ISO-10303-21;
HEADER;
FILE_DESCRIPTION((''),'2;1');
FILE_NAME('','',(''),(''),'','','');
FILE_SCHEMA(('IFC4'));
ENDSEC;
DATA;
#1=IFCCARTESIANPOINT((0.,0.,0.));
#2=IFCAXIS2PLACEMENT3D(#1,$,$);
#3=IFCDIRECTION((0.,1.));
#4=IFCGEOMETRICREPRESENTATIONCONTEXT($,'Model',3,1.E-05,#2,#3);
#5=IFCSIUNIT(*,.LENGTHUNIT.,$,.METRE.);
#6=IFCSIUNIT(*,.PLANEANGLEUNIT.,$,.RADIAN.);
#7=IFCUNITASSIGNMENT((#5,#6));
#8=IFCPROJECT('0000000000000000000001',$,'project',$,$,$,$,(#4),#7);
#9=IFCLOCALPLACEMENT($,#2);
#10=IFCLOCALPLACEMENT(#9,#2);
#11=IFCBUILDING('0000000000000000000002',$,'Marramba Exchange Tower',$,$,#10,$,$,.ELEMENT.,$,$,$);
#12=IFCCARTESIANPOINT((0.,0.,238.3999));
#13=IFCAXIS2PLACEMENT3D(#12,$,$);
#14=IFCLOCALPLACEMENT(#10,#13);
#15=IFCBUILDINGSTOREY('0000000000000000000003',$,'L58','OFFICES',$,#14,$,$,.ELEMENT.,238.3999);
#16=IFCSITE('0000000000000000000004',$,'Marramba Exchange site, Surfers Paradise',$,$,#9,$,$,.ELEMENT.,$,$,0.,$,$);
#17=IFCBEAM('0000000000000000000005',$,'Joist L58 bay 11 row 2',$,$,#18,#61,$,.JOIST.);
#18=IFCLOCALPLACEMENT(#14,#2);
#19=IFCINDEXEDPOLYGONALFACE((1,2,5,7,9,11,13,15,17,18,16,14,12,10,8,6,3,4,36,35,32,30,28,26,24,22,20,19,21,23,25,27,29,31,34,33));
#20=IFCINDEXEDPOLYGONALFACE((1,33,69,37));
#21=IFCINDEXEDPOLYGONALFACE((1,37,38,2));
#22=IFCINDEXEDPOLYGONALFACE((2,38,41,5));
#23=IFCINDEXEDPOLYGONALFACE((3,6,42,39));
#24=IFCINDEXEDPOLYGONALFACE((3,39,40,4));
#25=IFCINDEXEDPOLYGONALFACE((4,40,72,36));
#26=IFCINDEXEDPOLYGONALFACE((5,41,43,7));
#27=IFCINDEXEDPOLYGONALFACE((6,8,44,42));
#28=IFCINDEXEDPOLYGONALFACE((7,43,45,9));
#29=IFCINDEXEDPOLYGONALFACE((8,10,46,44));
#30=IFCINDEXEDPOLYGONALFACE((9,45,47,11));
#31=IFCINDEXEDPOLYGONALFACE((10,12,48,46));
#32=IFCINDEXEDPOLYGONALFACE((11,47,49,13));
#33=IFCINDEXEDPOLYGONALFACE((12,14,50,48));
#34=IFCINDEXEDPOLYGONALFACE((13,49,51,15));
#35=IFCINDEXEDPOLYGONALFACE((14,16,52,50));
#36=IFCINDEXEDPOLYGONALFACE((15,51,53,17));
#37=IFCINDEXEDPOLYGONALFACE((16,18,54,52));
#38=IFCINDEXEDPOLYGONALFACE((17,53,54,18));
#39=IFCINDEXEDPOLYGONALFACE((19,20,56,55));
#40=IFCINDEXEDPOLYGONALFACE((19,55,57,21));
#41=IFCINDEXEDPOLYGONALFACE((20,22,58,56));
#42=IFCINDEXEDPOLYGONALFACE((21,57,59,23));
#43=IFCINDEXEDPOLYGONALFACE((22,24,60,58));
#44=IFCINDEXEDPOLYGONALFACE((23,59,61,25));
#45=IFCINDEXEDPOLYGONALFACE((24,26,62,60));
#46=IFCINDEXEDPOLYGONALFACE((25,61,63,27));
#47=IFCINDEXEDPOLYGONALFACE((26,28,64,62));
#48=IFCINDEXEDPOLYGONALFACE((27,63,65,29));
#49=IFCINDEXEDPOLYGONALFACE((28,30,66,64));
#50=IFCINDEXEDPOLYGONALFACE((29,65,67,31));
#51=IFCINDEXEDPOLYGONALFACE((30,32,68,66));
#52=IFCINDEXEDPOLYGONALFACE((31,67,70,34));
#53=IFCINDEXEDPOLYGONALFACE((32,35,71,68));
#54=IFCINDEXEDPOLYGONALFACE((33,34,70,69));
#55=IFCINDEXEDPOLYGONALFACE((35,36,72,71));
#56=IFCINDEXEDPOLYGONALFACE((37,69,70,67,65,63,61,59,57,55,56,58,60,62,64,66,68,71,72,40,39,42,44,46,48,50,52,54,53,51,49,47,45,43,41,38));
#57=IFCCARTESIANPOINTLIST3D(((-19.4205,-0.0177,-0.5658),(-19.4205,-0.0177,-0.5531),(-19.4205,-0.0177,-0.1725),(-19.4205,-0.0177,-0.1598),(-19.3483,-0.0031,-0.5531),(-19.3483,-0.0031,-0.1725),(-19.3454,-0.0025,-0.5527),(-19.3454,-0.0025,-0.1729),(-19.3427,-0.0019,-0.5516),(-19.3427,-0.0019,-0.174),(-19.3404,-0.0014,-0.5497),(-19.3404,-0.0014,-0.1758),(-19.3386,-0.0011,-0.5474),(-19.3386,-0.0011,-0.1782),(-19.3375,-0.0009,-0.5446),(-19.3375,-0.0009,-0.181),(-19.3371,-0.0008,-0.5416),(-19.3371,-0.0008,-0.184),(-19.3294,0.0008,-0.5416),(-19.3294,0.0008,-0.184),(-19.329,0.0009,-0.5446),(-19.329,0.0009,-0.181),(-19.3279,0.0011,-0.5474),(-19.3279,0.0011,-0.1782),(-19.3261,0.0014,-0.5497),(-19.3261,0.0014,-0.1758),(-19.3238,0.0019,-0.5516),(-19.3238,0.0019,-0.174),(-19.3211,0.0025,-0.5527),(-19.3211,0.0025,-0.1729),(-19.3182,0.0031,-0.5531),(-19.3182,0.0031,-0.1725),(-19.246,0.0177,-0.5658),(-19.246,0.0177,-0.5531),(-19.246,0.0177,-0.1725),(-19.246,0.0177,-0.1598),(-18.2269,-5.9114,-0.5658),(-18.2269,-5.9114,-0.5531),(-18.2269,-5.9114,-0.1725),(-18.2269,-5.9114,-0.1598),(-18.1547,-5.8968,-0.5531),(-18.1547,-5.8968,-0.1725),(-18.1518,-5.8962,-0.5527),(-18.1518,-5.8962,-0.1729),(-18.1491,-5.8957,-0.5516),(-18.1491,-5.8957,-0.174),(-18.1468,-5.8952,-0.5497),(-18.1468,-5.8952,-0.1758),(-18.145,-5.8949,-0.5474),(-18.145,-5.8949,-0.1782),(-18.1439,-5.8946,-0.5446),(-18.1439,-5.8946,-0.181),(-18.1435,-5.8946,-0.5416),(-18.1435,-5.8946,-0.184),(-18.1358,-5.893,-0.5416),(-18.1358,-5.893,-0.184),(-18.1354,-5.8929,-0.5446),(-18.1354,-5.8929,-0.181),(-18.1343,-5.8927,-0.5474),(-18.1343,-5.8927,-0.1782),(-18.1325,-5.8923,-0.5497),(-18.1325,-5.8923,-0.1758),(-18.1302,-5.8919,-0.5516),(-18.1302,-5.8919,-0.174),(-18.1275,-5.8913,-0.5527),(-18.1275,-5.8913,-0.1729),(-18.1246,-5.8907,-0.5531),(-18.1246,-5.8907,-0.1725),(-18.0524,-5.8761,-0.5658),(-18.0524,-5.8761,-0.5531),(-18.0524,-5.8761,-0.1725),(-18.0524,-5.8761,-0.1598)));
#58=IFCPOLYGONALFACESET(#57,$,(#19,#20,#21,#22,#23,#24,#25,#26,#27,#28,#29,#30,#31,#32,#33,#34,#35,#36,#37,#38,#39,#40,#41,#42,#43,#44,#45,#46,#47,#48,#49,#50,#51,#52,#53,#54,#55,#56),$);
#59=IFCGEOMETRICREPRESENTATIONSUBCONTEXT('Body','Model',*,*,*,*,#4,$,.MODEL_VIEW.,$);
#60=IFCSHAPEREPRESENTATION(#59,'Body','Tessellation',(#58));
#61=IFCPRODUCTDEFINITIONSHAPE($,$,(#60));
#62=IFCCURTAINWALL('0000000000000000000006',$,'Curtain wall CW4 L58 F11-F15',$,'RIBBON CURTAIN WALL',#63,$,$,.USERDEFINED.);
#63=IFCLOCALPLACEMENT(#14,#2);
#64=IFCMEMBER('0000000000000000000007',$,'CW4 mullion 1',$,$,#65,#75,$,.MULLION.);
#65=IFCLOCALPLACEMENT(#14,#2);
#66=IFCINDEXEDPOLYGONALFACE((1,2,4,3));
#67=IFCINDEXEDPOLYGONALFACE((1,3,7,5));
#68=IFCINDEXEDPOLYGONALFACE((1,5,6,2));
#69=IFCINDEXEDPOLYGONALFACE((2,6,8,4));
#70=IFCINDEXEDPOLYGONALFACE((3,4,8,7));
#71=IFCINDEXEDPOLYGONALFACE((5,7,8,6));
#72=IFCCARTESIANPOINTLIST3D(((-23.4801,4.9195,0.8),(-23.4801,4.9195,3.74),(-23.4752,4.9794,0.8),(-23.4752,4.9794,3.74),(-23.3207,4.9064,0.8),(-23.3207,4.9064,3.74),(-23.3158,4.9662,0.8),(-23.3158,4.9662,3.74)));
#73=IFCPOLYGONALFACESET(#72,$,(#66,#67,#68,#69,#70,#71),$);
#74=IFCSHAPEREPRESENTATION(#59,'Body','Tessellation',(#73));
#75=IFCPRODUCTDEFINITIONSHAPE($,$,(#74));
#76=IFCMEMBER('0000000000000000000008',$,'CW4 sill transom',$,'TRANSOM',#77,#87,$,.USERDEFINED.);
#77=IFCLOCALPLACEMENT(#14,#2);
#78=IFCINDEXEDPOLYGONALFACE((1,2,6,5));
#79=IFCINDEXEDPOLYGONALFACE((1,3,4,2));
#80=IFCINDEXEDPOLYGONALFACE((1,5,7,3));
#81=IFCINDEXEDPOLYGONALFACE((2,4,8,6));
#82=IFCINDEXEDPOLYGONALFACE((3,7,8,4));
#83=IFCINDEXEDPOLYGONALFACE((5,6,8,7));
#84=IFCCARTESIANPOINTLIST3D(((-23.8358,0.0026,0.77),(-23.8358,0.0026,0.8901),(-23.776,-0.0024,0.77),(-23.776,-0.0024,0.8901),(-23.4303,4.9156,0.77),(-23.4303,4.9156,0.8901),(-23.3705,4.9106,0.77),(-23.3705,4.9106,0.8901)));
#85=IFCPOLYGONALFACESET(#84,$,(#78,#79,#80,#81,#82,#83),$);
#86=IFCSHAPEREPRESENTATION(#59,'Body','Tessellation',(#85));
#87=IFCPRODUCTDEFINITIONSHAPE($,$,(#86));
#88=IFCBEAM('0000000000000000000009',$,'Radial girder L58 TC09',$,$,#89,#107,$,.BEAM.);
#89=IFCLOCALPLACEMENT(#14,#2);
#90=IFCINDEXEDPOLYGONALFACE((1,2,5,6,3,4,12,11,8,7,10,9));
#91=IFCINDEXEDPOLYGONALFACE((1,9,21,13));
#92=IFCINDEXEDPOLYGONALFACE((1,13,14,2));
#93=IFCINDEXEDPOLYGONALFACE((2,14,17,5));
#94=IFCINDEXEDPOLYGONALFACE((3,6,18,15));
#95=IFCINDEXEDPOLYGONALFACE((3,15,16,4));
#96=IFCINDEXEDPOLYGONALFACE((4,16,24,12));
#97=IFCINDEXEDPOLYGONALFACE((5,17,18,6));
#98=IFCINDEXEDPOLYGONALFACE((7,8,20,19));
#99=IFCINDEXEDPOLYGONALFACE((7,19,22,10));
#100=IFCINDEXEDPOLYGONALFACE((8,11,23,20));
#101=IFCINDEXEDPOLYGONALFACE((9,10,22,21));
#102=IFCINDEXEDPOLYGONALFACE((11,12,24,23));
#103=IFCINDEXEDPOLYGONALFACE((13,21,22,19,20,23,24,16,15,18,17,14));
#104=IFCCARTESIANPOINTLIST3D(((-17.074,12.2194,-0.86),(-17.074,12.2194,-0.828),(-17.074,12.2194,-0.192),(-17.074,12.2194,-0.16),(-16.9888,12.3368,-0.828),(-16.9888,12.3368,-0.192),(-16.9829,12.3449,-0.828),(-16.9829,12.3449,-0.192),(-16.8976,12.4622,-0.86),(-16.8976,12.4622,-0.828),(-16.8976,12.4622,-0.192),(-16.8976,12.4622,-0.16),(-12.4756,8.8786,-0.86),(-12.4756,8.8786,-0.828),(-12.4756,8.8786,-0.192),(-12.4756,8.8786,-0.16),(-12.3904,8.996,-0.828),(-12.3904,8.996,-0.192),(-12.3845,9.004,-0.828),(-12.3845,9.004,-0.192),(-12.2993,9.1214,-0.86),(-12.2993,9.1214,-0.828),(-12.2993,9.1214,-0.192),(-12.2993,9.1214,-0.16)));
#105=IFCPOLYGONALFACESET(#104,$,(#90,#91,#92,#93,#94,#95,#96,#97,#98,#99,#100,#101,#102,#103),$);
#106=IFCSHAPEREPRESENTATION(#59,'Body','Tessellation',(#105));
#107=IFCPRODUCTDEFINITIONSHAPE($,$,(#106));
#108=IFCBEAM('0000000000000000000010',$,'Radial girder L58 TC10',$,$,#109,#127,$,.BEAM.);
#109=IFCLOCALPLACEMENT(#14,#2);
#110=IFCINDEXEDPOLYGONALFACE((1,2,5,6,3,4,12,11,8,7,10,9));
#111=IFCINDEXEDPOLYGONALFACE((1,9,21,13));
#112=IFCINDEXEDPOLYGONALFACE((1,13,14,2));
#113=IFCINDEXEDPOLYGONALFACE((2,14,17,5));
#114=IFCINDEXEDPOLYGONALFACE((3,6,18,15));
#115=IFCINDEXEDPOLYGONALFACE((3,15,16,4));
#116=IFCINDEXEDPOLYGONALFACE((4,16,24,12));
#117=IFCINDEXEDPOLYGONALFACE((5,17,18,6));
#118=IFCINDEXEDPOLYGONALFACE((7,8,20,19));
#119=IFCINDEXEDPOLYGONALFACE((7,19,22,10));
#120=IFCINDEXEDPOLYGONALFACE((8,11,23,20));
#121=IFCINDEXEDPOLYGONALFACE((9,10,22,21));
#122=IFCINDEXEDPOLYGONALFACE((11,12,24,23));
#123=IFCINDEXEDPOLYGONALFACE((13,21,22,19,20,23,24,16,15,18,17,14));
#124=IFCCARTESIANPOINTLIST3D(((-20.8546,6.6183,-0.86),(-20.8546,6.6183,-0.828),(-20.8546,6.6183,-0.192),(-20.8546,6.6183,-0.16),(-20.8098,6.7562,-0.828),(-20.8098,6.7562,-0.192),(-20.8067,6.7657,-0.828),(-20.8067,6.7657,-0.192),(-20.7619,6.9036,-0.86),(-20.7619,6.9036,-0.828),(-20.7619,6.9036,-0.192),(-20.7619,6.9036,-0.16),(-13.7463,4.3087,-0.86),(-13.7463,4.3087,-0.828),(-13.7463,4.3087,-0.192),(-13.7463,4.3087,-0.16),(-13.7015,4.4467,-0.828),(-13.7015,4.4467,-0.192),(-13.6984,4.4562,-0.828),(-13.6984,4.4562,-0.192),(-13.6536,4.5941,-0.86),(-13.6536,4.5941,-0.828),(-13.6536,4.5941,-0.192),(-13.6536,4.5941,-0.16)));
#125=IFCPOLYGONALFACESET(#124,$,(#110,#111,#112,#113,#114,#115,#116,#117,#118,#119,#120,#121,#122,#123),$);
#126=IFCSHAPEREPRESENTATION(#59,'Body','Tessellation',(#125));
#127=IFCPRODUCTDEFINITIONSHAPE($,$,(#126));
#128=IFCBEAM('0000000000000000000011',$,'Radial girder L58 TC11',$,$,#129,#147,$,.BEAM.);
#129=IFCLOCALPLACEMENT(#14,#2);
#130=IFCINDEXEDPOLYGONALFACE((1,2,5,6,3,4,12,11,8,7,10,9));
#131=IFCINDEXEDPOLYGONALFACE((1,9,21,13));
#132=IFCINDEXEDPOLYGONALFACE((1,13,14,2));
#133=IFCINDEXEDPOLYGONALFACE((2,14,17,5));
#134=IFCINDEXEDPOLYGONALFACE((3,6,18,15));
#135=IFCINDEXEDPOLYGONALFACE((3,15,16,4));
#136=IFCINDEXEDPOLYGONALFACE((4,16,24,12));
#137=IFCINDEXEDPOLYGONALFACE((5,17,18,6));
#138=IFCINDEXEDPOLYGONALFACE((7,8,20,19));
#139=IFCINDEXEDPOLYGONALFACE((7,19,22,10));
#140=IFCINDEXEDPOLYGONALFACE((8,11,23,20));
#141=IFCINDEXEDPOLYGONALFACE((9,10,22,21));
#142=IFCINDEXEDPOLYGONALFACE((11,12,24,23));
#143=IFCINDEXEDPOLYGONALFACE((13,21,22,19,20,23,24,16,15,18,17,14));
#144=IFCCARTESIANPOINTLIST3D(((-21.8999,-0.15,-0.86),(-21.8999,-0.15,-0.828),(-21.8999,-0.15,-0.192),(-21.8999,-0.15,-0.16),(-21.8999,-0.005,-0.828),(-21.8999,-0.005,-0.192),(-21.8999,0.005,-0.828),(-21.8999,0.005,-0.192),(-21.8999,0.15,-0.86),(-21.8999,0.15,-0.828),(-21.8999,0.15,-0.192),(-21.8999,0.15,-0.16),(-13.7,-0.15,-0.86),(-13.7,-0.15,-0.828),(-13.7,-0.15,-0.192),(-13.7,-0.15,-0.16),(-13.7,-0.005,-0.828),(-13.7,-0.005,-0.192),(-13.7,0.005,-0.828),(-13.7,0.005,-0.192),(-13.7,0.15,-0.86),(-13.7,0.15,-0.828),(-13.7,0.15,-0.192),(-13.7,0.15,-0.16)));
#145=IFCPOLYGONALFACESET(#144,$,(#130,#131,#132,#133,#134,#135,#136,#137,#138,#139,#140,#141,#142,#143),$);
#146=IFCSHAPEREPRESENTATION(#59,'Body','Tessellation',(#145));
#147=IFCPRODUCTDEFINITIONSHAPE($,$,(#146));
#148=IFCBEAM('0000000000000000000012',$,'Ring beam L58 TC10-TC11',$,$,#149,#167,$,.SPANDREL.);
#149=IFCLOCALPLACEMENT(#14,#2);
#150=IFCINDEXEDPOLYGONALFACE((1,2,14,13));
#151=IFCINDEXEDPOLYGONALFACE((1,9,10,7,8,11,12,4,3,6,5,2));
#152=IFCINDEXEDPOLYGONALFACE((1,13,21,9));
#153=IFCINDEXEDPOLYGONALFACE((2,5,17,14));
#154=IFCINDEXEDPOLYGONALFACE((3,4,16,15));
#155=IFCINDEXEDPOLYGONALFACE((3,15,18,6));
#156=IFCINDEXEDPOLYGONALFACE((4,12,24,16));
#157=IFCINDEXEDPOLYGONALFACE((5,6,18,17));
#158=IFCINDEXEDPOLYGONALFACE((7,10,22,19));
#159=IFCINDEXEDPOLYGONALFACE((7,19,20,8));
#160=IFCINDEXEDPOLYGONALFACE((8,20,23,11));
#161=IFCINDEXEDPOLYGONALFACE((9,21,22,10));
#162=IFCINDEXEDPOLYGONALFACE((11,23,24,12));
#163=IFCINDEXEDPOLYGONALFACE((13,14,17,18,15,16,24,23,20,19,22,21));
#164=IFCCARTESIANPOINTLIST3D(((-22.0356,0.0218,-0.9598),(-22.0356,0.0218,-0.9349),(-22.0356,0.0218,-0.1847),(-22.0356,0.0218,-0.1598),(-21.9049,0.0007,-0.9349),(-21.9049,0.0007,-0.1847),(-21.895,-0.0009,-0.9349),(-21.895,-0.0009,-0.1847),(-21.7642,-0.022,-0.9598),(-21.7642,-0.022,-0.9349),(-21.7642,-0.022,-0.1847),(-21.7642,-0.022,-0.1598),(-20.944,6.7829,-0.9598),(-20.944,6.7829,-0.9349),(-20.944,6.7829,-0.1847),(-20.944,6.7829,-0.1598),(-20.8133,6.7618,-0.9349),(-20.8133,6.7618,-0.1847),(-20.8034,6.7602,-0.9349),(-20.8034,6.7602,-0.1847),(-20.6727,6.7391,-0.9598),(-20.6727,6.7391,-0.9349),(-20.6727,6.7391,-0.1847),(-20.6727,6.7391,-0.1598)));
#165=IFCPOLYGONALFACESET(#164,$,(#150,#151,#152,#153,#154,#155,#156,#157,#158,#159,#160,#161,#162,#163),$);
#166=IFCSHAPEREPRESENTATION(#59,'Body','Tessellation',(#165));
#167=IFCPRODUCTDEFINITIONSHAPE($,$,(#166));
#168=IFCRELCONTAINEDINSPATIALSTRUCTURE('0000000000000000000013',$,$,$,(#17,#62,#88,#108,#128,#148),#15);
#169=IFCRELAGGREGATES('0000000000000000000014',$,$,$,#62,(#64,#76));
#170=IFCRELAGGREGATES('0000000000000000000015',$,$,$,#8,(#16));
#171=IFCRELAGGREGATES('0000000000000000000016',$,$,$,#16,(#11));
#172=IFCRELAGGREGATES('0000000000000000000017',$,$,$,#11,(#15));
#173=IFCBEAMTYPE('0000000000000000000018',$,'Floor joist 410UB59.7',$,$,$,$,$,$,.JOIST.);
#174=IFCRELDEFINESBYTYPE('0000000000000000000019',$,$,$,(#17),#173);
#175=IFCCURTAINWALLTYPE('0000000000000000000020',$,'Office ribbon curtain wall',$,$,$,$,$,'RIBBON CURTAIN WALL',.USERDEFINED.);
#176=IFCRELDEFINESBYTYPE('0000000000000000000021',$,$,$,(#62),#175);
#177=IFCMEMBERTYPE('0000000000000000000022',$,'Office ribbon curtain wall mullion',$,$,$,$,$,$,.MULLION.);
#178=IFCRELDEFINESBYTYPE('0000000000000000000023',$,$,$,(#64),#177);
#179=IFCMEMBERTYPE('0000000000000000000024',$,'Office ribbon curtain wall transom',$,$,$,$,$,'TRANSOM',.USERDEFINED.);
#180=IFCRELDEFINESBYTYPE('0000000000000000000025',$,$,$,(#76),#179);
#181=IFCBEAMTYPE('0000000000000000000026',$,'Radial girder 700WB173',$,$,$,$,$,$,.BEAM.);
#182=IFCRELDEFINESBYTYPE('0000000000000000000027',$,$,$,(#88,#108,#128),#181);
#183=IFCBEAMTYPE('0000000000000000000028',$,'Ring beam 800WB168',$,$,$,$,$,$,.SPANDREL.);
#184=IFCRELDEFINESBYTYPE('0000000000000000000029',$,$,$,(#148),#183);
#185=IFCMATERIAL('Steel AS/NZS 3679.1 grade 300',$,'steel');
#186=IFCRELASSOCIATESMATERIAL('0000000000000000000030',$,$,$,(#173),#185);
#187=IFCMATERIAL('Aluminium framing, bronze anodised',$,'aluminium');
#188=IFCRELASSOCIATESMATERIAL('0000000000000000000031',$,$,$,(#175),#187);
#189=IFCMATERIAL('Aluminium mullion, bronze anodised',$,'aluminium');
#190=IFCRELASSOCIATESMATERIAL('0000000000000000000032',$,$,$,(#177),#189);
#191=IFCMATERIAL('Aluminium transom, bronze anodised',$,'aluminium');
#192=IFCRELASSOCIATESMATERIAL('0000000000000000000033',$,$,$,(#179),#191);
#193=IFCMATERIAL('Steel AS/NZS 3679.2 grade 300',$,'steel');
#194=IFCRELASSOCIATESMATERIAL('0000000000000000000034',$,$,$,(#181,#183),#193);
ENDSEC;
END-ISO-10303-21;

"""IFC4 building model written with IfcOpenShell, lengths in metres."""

from ifc_helpers import new_model, si_unit, direction, frame, origin, origin_2d, place, context, subcontext, project, spatial, rectangle, i_section, extrude, material, material_profile, profile_set, type_object, element, aggregate, save


model = new_model("IFC4")

# Units and contexts
model_context = context("Model", 3, precision=1e-05, world=origin(), true_north=direction((0.0, 1.0)))
body_context = subcontext(model_context, "Body", "Model", "MODEL_VIEW")
ifc_project = project(units=[si_unit("LENGTHUNIT", "METRE"), si_unit("PLANEANGLEUNIT", "RADIAN")], contexts=[model_context])

# Site, building, storey
site_placement = place(None, origin())
site = spatial("IfcSite", under=ifc_project, at=site_placement, Name="Marramba Exchange site, Surfers Paradise", CompositionType="ELEMENT", RefElevation=0.0)
building_placement = place(site_placement, origin())
building = spatial("IfcBuilding", under=site, at=building_placement, Name="Marramba Exchange Tower", CompositionType="ELEMENT")
storey_placement = place(building_placement, frame((0.0, 0.0, 238.3999)))
storey = spatial("IfcBuildingStorey", under=building, at=storey_placement, Name="L58", Description="OFFICES", CompositionType="ELEMENT", Elevation=238.3999)

# Beam
ifc_material_1 = material(Name="Steel AS/NZS 3679.2 grade 300", Category="steel")
ifc_material_2 = material(Name="Steel AS/NZS 3679.1 grade 300", Category="steel")
ifc_material_profile_1 = material_profile(ifc_material_2, i_section(OverallWidth=0.178, OverallDepth=0.406, WebThickness=0.0078, FlangeThickness=0.0127, FilletRadius=0.0115, at=origin_2d()), Name="410UB59.7")
ifc_profile_set_1 = profile_set([ifc_material_profile_1], Name="Steel AS/NZS 3679.1 grade 300")
beam_type_1 = type_object("IfcBeamType", Name="Floor joist 410UB59.7", PredefinedType="JOIST", material=ifc_profile_set_1)
beam_1_placement = place(storey_placement, frame((-19.3333, 0.0, -0.3628), z_axis=(0.198489, -0.980103, 0.0), x_axis=(0.980103, 0.198489, 0.0)))
element("IfcBeam", 1, at=beam_1_placement, inside=storey, type_object=beam_type_1, Name="Joist L58 bay 11 row 2", PredefinedType="JOIST", context=body_context, shape_type="SweptSolid", body=[
    extrude(i_section(OverallWidth=0.178, OverallDepth=0.406, WebThickness=0.0078, FlangeThickness=0.0127, FilletRadius=0.0115, at=origin_2d()), origin(), (0.0, 0.0, 1.0), 6.0134),
])

# Curtain wall, members
ifc_material_3 = material(Name="Aluminium framing, bronze anodised", Category="aluminium")
curtain_wall_type = type_object("IfcCurtainWallType", Name="Office ribbon curtain wall", ElementType="RIBBON CURTAIN WALL", PredefinedType="USERDEFINED", material=ifc_material_3)
curtain_wall_placement = place(storey_placement, origin())
curtain_wall = element("IfcCurtainWall", 2, at=curtain_wall_placement, inside=storey, type_object=curtain_wall_type, Name="Curtain wall CW4 L58 F11-F15", ObjectType="RIBBON CURTAIN WALL", PredefinedType="USERDEFINED")
ifc_material_4 = material(Name="Aluminium mullion, bronze anodised", Category="aluminium")
ifc_material_profile_2 = material_profile(ifc_material_4, rectangle(XDim=0.1599, YDim=0.0601, at=origin_2d()), Name="CW4 mullion 60x160")
ifc_profile_set_2 = profile_set([ifc_material_profile_2], Name="Aluminium mullion, bronze anodised")
member_type_1 = type_object("IfcMemberType", Name="Office ribbon curtain wall mullion", PredefinedType="MULLION", material=ifc_profile_set_2)
member_1_placement = place(storey_placement, frame((-23.3979, 4.9429, 0.8), z_axis=(0.0, 0.0, 1.0), x_axis=(0.996609, -0.082281, 0.0)))
member_1 = element("IfcMember", 3, at=member_1_placement, type_object=member_type_1, Name="CW4 mullion 1", PredefinedType="MULLION", context=body_context, shape_type="SweptSolid", body=[
    extrude(rectangle(XDim=0.1599, YDim=0.0601, at=origin_2d()), origin(), (0.0, 0.0, 1.0), 2.9399),
])
ifc_material_5 = material(Name="Aluminium transom, bronze anodised", Category="aluminium")
ifc_material_profile_3 = material_profile(ifc_material_5, rectangle(XDim=0.0601, YDim=0.1201, at=origin_2d()), Name="CW4 transom 60x120")
ifc_profile_set_3 = profile_set([ifc_material_profile_3], Name="Aluminium transom, bronze anodised")
member_type_2 = type_object("IfcMemberType", Name="Office ribbon curtain wall transom", ElementType="TRANSOM", PredefinedType="USERDEFINED", material=ifc_profile_set_3)
member_2_placement = place(storey_placement, frame((-23.4004, 4.9131, 0.8301), z_axis=(-0.082259, -0.996611, 0.0), x_axis=(0.996611, -0.082259, 0.0)))
member_2 = element("IfcMember", 4, at=member_2_placement, type_object=member_type_2, Name="CW4 sill transom", ObjectType="TRANSOM", PredefinedType="USERDEFINED", context=body_context, shape_type="SweptSolid", body=[
    extrude(rectangle(XDim=0.0601, YDim=0.1201, at=origin_2d()), origin(), (0.0, 0.0, 1.0), 4.9297),
])

# Beams
ifc_material_profile_4 = material_profile(ifc_material_1, i_section(OverallWidth=0.3, OverallDepth=0.7, WebThickness=0.01, FlangeThickness=0.032, at=origin_2d()), Name="700WB173")
ifc_profile_set_4 = profile_set([ifc_material_profile_4], Name="Steel AS/NZS 3679.2 grade 300")
beam_type_2 = type_object("IfcBeamType", Name="Radial girder 700WB173", PredefinedType="BEAM", material=ifc_profile_set_4)
beam_2_placement = place(storey_placement, frame((-12.3875, 9.0, -0.51), z_axis=(-0.809026, 0.587773, 0.0), x_axis=(-0.587773, -0.809026, 0.0)))
element("IfcBeam", 5, at=beam_2_placement, inside=storey, type_object=beam_type_2, Name="Radial girder L58 TC09", PredefinedType="BEAM", context=body_context, shape_type="SweptSolid", body=[
    extrude(i_section(OverallWidth=0.3, OverallDepth=0.7, WebThickness=0.01, FlangeThickness=0.032, at=origin_2d()), origin(), (0.0, 0.0, 1.0), 5.6838),
])
beam_3_placement = place(storey_placement, frame((-13.7, 4.4514, -0.51), z_axis=(-0.95106, 0.309006, 0.0), x_axis=(-0.309006, -0.95106, 0.0)))
element("IfcBeam", 6, at=beam_3_placement, inside=storey, type_object=beam_type_2, Name="Radial girder L58 TC10", PredefinedType="BEAM", context=body_context, shape_type="SweptSolid", body=[
    extrude(i_section(OverallWidth=0.3, OverallDepth=0.7, WebThickness=0.01, FlangeThickness=0.032, at=origin_2d()), origin(), (0.0, 0.0, 1.0), 7.4741),
])
beam_4_placement = place(storey_placement, frame((-13.7, 0.0, -0.51), z_axis=(-1.0, 0.0, 0.0), x_axis=(0.0, -1.0, 0.0)))
element("IfcBeam", 7, at=beam_4_placement, inside=storey, type_object=beam_type_2, Name="Radial girder L58 TC11", PredefinedType="BEAM", context=body_context, shape_type="SweptSolid", body=[
    extrude(i_section(OverallWidth=0.3, OverallDepth=0.7, WebThickness=0.01, FlangeThickness=0.032, at=origin_2d()), origin(), (0.0, 0.0, 1.0), 8.2),
])
ifc_material_profile_5 = material_profile(ifc_material_1, i_section(OverallWidth=0.2749, OverallDepth=0.8, WebThickness=0.01, FlangeThickness=0.0249, at=origin_2d()), Name="800WB168")
ifc_profile_set_5 = profile_set([ifc_material_profile_5], Name="Steel AS/NZS 3679.2 grade 300")
beam_type_3 = type_object("IfcBeamType", Name="Ring beam 800WB168", PredefinedType="SPANDREL", material=ifc_profile_set_5)
beam_5_placement = place(storey_placement, frame((-20.8083, 6.761, -0.5598), z_axis=(-0.159385, -0.987217, 0.0), x_axis=(0.987217, -0.159385, 0.0)))
element("IfcBeam", 8, at=beam_5_placement, inside=storey, type_object=beam_type_3, Name="Ring beam L58 TC10-TC11", PredefinedType="SPANDREL", context=body_context, shape_type="SweptSolid", body=[
    extrude(i_section(OverallWidth=0.2749, OverallDepth=0.8, WebThickness=0.01, FlangeThickness=0.0249, at=origin_2d()), origin(), (0.0, 0.0, 1.0), 6.8486),
])

aggregate(curtain_wall, [member_1, member_2])

save(model, "model.ifc")
